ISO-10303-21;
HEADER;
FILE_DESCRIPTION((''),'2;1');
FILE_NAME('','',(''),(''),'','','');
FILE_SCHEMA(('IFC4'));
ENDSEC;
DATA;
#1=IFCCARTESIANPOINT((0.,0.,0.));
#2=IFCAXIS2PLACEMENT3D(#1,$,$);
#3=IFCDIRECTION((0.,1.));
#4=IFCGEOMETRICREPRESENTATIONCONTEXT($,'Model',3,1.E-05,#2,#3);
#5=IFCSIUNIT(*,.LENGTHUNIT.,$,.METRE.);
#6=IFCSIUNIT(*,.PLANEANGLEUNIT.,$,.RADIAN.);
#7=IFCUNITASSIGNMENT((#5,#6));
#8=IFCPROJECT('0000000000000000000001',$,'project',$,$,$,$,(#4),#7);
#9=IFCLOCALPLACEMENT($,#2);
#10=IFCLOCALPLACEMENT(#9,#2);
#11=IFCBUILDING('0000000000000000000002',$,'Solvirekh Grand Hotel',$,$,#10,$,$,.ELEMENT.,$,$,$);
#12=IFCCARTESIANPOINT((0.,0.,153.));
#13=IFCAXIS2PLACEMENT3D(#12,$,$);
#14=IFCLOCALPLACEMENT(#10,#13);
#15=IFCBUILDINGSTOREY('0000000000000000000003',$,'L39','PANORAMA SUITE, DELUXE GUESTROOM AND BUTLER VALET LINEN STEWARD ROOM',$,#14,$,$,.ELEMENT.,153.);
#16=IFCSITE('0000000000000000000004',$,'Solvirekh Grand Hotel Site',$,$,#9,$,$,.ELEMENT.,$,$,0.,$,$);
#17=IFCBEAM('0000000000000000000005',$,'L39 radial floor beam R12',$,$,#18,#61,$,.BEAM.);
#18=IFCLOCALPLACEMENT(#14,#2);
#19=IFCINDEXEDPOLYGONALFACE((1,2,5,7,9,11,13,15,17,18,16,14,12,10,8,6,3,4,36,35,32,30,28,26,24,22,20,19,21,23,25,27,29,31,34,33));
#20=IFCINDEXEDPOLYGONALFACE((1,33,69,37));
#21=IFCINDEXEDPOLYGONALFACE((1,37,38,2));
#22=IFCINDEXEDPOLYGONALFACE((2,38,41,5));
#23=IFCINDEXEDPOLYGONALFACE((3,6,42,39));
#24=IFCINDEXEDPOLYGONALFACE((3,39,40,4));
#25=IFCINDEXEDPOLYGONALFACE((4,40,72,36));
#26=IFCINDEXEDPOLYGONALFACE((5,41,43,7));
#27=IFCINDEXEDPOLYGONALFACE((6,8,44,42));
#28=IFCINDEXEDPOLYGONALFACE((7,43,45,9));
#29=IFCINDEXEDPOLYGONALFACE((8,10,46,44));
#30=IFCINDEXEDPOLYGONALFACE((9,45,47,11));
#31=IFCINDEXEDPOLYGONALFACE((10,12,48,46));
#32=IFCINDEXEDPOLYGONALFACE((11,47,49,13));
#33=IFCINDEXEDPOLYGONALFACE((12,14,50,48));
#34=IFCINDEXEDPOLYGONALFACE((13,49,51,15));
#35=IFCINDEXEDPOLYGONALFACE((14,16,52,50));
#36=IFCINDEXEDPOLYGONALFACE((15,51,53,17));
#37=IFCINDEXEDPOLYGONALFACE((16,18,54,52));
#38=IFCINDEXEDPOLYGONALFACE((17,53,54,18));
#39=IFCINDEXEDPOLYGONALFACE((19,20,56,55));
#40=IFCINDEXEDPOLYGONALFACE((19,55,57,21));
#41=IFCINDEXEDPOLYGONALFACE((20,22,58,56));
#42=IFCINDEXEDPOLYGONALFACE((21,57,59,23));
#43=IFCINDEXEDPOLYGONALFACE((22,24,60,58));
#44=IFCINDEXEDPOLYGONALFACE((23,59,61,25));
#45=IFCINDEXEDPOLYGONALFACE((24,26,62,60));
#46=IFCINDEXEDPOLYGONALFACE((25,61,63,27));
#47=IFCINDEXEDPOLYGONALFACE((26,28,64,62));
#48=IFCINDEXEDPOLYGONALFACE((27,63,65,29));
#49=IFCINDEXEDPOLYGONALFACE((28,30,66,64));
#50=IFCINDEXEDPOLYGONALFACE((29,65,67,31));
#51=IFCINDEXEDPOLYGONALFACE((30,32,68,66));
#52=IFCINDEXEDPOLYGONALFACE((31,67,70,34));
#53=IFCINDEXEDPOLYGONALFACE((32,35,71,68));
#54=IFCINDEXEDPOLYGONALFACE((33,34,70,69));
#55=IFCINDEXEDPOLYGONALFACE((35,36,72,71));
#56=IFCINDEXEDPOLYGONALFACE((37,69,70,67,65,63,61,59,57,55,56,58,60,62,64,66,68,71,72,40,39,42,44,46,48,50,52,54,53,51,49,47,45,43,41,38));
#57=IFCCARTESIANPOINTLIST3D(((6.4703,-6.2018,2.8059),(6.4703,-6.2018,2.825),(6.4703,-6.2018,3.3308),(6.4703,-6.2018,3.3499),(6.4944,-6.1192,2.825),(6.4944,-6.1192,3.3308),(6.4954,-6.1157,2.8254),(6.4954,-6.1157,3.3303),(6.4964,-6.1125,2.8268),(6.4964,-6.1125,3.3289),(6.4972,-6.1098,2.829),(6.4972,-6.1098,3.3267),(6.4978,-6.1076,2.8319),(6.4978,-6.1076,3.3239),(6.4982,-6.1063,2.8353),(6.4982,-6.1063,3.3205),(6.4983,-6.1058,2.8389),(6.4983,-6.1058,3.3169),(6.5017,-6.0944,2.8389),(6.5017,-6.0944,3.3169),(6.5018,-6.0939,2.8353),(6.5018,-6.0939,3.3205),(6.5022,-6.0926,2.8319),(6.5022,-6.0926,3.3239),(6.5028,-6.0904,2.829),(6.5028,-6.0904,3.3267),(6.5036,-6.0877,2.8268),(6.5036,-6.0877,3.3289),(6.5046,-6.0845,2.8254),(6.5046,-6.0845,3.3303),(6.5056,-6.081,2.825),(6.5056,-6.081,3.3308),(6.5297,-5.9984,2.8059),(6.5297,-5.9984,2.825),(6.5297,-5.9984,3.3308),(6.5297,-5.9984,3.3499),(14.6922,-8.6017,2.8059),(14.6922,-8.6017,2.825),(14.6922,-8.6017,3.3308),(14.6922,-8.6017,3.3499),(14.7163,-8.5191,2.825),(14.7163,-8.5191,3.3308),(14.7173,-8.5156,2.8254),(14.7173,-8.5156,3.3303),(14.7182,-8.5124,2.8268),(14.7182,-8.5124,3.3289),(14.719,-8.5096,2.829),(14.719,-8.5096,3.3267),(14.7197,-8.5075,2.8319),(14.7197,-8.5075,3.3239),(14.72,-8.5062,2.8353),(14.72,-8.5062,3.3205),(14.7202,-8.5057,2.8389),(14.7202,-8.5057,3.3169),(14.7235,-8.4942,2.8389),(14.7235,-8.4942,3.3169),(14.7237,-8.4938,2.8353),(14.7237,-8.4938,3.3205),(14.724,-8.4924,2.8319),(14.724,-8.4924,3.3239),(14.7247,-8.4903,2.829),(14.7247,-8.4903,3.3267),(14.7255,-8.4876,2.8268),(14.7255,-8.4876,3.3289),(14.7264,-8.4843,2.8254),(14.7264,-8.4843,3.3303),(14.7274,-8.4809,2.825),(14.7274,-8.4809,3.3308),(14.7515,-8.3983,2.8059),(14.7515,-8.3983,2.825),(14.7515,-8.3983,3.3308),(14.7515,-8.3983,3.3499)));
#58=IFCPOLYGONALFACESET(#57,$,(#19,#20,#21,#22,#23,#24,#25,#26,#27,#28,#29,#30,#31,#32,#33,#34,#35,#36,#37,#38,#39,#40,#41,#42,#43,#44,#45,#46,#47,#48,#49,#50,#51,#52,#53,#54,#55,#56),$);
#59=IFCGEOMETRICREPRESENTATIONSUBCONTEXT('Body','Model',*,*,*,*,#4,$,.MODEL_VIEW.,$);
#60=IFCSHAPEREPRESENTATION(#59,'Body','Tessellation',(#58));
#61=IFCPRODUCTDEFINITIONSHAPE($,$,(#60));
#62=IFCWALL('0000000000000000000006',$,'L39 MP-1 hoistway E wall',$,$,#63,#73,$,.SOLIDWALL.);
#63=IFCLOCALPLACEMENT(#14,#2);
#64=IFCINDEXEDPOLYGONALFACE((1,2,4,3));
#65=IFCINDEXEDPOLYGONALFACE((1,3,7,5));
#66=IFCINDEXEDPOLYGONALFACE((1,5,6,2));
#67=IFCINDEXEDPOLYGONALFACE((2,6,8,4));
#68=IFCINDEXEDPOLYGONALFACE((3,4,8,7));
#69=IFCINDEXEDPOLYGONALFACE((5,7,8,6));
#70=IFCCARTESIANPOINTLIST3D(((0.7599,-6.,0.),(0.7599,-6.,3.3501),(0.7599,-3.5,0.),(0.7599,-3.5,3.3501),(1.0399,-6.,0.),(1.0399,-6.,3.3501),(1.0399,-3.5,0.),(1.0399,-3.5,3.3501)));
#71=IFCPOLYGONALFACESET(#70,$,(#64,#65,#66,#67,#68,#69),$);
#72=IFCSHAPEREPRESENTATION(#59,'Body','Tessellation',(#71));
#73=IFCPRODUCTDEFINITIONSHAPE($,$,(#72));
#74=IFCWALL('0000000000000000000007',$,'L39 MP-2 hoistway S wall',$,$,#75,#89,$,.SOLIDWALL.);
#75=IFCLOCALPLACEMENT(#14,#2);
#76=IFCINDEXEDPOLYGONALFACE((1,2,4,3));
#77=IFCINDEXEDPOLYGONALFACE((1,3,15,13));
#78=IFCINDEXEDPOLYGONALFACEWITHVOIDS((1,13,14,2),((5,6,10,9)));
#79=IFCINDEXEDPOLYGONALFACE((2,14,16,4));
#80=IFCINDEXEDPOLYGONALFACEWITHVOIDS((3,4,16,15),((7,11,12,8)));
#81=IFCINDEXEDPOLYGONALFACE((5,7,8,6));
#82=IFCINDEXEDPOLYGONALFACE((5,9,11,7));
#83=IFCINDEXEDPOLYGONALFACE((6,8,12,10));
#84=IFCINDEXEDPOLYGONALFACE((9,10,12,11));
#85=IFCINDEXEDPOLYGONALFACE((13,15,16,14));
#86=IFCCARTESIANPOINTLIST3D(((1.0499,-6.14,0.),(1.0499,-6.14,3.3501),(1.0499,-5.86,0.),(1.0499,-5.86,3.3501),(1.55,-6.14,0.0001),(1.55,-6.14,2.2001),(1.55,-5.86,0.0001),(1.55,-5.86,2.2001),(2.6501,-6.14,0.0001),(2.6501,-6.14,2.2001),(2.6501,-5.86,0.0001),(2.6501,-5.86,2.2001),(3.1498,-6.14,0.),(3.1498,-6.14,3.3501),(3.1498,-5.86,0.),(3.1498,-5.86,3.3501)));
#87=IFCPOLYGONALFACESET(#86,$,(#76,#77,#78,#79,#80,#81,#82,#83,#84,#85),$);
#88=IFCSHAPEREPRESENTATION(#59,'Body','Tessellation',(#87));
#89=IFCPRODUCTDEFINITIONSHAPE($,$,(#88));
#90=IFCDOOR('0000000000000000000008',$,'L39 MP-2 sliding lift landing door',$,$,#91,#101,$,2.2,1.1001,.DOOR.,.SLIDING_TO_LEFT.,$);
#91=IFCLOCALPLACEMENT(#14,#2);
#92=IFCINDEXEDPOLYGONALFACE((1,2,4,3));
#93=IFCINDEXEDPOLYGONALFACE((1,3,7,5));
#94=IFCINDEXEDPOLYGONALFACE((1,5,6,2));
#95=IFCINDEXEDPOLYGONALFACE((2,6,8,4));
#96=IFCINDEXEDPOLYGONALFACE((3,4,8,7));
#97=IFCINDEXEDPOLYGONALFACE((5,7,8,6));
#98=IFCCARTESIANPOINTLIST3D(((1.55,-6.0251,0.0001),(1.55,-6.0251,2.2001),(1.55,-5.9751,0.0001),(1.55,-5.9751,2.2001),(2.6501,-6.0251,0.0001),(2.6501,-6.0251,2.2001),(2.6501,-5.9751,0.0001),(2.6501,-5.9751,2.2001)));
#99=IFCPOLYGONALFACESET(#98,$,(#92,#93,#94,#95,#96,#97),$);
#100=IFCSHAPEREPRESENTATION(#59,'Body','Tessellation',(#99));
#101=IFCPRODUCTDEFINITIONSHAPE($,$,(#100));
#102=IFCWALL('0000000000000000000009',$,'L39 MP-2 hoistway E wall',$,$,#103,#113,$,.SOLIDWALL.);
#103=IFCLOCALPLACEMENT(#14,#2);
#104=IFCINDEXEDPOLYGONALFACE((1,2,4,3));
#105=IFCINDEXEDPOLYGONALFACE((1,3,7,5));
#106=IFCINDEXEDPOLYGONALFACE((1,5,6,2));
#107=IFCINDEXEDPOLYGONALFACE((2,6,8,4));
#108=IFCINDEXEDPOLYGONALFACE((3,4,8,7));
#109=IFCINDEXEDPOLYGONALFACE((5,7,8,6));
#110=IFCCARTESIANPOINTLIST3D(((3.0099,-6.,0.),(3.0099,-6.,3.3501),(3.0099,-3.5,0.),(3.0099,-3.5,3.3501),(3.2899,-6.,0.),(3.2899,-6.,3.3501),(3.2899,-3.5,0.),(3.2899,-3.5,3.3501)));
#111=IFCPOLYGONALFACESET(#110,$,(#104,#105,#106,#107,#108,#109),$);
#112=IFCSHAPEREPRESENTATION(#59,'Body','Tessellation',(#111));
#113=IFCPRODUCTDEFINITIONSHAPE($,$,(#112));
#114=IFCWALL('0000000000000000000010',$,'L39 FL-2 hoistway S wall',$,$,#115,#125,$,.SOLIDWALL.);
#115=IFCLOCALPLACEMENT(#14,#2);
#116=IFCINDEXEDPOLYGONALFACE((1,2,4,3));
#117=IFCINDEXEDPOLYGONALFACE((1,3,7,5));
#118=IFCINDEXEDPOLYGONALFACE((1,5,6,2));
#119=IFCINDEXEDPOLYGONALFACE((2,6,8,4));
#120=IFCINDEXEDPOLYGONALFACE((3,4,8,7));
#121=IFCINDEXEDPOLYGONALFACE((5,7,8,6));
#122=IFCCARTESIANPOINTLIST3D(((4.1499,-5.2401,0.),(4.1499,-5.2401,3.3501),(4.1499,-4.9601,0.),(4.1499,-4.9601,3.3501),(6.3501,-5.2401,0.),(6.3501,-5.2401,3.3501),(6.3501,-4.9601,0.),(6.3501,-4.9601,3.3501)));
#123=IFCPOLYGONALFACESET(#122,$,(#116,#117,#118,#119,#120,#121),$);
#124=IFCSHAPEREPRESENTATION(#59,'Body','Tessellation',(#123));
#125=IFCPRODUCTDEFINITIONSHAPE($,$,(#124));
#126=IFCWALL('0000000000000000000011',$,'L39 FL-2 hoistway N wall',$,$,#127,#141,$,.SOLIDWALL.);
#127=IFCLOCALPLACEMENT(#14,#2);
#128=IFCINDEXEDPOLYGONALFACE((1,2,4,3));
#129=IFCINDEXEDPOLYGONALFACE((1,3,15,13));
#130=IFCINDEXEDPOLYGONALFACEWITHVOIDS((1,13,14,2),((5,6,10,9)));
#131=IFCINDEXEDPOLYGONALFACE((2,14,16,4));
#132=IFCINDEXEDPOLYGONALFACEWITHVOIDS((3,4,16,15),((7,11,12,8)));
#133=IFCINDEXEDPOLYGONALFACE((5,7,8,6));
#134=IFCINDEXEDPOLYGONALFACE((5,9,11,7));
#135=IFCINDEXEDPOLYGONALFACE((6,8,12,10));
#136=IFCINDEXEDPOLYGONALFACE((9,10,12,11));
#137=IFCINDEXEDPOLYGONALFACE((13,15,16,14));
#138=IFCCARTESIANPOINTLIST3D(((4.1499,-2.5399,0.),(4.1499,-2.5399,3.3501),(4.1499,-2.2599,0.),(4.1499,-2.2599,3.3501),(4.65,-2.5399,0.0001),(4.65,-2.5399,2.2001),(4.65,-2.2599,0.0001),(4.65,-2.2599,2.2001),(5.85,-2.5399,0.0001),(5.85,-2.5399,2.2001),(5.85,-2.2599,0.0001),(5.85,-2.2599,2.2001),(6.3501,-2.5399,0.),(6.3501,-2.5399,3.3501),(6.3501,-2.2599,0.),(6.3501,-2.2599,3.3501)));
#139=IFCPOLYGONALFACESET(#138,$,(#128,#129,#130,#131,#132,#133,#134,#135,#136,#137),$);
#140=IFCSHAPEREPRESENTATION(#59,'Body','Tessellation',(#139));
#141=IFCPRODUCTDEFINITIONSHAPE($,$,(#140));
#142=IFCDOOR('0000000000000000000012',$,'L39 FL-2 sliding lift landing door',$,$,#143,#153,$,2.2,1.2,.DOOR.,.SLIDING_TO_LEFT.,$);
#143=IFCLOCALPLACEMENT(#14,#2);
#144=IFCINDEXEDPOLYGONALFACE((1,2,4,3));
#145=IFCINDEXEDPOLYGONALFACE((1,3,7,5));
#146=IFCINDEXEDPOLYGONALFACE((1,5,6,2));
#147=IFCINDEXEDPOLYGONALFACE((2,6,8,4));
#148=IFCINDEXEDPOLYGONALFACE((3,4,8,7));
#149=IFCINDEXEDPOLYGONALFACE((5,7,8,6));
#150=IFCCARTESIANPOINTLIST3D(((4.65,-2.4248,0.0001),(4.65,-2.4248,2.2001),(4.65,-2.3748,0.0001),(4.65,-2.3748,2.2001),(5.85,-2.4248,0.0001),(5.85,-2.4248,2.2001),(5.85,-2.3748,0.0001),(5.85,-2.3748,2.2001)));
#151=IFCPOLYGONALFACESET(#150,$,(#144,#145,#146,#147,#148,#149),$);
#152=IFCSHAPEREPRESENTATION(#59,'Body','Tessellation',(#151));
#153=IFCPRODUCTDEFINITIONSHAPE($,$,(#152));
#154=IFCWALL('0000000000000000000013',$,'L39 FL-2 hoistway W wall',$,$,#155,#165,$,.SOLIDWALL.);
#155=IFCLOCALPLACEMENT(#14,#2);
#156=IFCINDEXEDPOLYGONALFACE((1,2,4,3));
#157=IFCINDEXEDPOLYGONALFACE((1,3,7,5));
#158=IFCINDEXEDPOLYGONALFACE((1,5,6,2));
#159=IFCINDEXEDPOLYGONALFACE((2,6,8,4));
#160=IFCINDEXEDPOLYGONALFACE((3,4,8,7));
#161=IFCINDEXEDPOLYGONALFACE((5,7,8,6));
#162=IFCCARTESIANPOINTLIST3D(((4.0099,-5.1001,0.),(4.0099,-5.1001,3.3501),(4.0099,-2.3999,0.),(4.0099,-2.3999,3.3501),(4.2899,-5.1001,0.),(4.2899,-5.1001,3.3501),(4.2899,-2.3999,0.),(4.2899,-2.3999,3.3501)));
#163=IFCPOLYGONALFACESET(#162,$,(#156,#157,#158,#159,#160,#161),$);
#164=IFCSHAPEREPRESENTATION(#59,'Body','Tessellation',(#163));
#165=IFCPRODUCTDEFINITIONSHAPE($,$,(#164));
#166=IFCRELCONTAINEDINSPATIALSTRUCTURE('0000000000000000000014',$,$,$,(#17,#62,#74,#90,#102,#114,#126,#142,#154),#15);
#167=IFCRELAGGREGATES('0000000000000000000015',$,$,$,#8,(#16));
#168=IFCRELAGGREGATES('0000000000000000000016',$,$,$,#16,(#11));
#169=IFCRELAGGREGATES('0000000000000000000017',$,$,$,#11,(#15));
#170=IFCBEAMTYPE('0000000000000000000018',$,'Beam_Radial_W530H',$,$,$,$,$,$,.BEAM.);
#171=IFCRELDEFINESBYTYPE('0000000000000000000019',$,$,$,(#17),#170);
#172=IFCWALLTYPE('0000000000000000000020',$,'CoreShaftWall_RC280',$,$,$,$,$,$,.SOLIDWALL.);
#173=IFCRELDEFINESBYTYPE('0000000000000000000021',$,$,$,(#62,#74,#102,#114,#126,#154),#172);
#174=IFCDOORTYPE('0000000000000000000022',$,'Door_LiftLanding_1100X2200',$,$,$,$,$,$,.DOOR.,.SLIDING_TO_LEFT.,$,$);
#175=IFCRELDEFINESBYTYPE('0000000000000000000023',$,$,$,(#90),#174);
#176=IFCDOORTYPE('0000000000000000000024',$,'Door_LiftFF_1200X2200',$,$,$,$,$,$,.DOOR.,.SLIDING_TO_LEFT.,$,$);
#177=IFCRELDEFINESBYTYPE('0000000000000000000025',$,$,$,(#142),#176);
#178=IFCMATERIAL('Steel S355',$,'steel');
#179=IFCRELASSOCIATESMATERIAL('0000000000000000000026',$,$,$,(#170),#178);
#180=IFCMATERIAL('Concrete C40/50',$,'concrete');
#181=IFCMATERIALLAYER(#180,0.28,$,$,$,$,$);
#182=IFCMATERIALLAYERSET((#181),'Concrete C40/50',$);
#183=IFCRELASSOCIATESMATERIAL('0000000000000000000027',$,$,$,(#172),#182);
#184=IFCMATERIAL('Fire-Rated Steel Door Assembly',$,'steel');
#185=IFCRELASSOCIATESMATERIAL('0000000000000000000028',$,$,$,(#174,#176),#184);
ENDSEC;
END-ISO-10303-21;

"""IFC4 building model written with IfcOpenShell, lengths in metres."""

from ifc_helpers import new_model, si_unit, direction, frame, frame_2d, origin, origin_2d, place, context, subcontext, project, spatial, rectangle, i_section, extrude, material, layer, layer_set, material_profile, profile_set, type_object, element, fill, save


model = new_model("IFC4")

# Units and contexts
model_context = context("Model", 3, precision=1e-05, world=origin(), true_north=direction((0.0, 1.0)))
body_context = subcontext(model_context, "Body", "Model", "MODEL_VIEW")
ifc_project = project(units=[si_unit("LENGTHUNIT", "METRE"), si_unit("PLANEANGLEUNIT", "RADIAN")], contexts=[model_context])

# Site, building, storey
site_placement = place(None, origin())
site = spatial("IfcSite", under=ifc_project, at=site_placement, Name="Solvirekh Grand Hotel Site", CompositionType="ELEMENT", RefElevation=0.0)
building_placement = place(site_placement, origin())
building = spatial("IfcBuilding", under=site, at=building_placement, Name="Solvirekh Grand Hotel", CompositionType="ELEMENT")
storey_placement = place(building_placement, frame((0.0, 0.0, 153.0)))
storey = spatial("IfcBuildingStorey", under=building, at=storey_placement, Name="L39", Description="PANORAMA SUITE, DELUXE GUESTROOM AND BUTLER VALET LINEN STEWARD ROOM", CompositionType="ELEMENT", Elevation=153.0)

# Beam
ifc_material_1 = material(Name="Steel S355", Category="steel")
ifc_material_profile = material_profile(ifc_material_1, i_section(OverallWidth=0.2119, OverallDepth=0.5439, WebThickness=0.012, FlangeThickness=0.019, FilletRadius=0.0139, at=origin_2d()), Name="W530X123")
ifc_profile_set = profile_set([ifc_material_profile], Name="Steel S355")
beam_type = type_object("IfcBeamType", Name="Beam_Radial_W530H", PredefinedType="BEAM", material=ifc_profile_set)
beam_placement = place(storey_placement, frame((6.5, -6.1001, 3.0779), z_axis=(0.959942, -0.280198, 0.0), x_axis=(0.280198, 0.959942, 0.0)))
element("IfcBeam", 1, at=beam_placement, inside=storey, type_object=beam_type, Name="L39 radial floor beam R12", PredefinedType="BEAM", context=body_context, shape_type="SweptSolid", body=[
    extrude(i_section(OverallWidth=0.2119, OverallDepth=0.5439, WebThickness=0.012, FlangeThickness=0.019, FilletRadius=0.0139, at=origin_2d()), origin(), (0.0, 0.0, 1.0), 8.5649),
])

# Wall
ifc_material_2 = material(Name="Concrete C40/50", Category="concrete")
ifc_layer_1 = layer(ifc_material_2, 0.28)
ifc_layer_set_1 = layer_set([ifc_layer_1], Name="Concrete C40/50")
wall_type_1 = type_object("IfcWallType", Name="CoreShaftWall_RC280", PredefinedType="SOLIDWALL", material=ifc_layer_set_1)
wall_1_placement = place(storey_placement, frame((0.8999, -6.0, 0.0), z_axis=(0.0, 0.0, 1.0), x_axis=(0.0, 1.0, 0.0)))
element("IfcWall", 2, at=wall_1_placement, inside=storey, type_object=wall_type_1, Name="L39 MP-1 hoistway E wall", PredefinedType="SOLIDWALL", context=body_context, shape_type="SweptSolid", body=[
    extrude(rectangle(XDim=2.5, YDim=0.28, at=frame_2d((1.25, 0.0))), origin(), (0.0, 0.0, 1.0), 3.3501),
])

# Wall, opening, door
wall_2_placement = place(storey_placement, frame((1.05, -6.0, 0.0), z_axis=(0.0, 0.0, 1.0), x_axis=(1.0, 0.0, 0.0)))
wall_2 = element("IfcWall", 3, at=wall_2_placement, inside=storey, type_object=wall_type_1, Name="L39 MP-2 hoistway S wall", PredefinedType="SOLIDWALL", context=body_context, shape_type="SweptSolid", body=[
    extrude(rectangle(XDim=2.0999, YDim=0.28, at=frame_2d((1.0498, 0.0))), origin(), (0.0, 0.0, 1.0), 3.3501),
])
opening_1_placement = place(wall_2_placement, frame((0.5, 0.0, 0.0)))
opening_1 = element("IfcOpeningElement", 4, at=opening_1_placement, cuts=wall_2, PredefinedType="OPENING", context=body_context, shape_type="SweptSolid", body=[
    extrude(rectangle(XDim=1.1001, YDim=2.2, at=frame_2d((0.55, 1.1001))), frame((0.0, 0.1499, 0.0), z_axis=(0.0, -1.0, 0.0), x_axis=(1.0, 0.0, 0.0)), (0.0, 0.0, 1.0), 0.3),
])
ifc_material_3 = material(Name="Fire-Rated Steel Door Assembly", Category="steel")
door_type_1 = type_object("IfcDoorType", Name="Door_LiftLanding_1100X2200", OperationType="SLIDING_TO_LEFT", PredefinedType="DOOR", material=ifc_material_3)
door_1_placement = place(opening_1_placement, origin())
door_1 = element("IfcDoor", 5, at=door_1_placement, inside=storey, type_object=door_type_1, Name="L39 MP-2 sliding lift landing door", OperationType="SLIDING_TO_LEFT", OverallHeight=2.2, OverallWidth=1.1001, PredefinedType="DOOR", context=body_context, shape_type="SweptSolid", body=[
    extrude(rectangle(XDim=1.1001, YDim=2.2, at=frame_2d((0.55, 1.1001))), frame((0.0, 0.0249, 0.0), z_axis=(0.0, -1.0, 0.0), x_axis=(1.0, 0.0, 0.0)), (0.0, 0.0, 1.0), 0.05),
])
fill(opening_1, door_1)

# Walls
wall_3_placement = place(storey_placement, frame((3.1499, -6.0, 0.0), z_axis=(0.0, 0.0, 1.0), x_axis=(0.0, 1.0, 0.0)))
element("IfcWall", 6, at=wall_3_placement, inside=storey, type_object=wall_type_1, Name="L39 MP-2 hoistway E wall", PredefinedType="SOLIDWALL", context=body_context, shape_type="SweptSolid", body=[
    extrude(rectangle(XDim=2.5, YDim=0.28, at=frame_2d((1.25, 0.0))), origin(), (0.0, 0.0, 1.0), 3.3501),
])
wall_4_placement = place(storey_placement, frame((4.1499, -5.1001, 0.0), z_axis=(0.0, 0.0, 1.0), x_axis=(1.0, 0.0, 0.0)))
element("IfcWall", 7, at=wall_4_placement, inside=storey, type_object=wall_type_1, Name="L39 FL-2 hoistway S wall", PredefinedType="SOLIDWALL", context=body_context, shape_type="SweptSolid", body=[
    extrude(rectangle(XDim=2.2002, YDim=0.28, at=frame_2d((1.1001, 0.0))), origin(), (0.0, 0.0, 1.0), 3.3501),
])

# Wall, opening, door
wall_5_placement = place(storey_placement, frame((6.3501, -2.3999, 0.0), z_axis=(0.0, 0.0, 1.0), x_axis=(-1.0, 0.0, 0.0)))
wall_5 = element("IfcWall", 8, at=wall_5_placement, inside=storey, type_object=wall_type_1, Name="L39 FL-2 hoistway N wall", PredefinedType="SOLIDWALL", context=body_context, shape_type="SweptSolid", body=[
    extrude(rectangle(XDim=2.2002, YDim=0.28, at=frame_2d((1.1001, 0.0))), origin(), (0.0, 0.0, 1.0), 3.3501),
])
opening_2_placement = place(wall_5_placement, frame((0.5, 0.0, 0.0)))
opening_2 = element("IfcOpeningElement", 9, at=opening_2_placement, cuts=wall_5, PredefinedType="OPENING", context=body_context, shape_type="SweptSolid", body=[
    extrude(rectangle(XDim=1.2, YDim=2.2, at=frame_2d((0.6001, 1.1001))), frame((0.0, 0.1499, 0.0), z_axis=(0.0, -1.0, 0.0), x_axis=(1.0, 0.0, 0.0)), (0.0, 0.0, 1.0), 0.3),
])
door_type_2 = type_object("IfcDoorType", Name="Door_LiftFF_1200X2200", OperationType="SLIDING_TO_LEFT", PredefinedType="DOOR", material=ifc_material_3)
door_2_placement = place(opening_2_placement, origin())
door_2 = element("IfcDoor", 10, at=door_2_placement, inside=storey, type_object=door_type_2, Name="L39 FL-2 sliding lift landing door", OperationType="SLIDING_TO_LEFT", OverallHeight=2.2, OverallWidth=1.2, PredefinedType="DOOR", context=body_context, shape_type="SweptSolid", body=[
    extrude(rectangle(XDim=1.2, YDim=2.2, at=frame_2d((0.6001, 1.1001))), frame((0.0, 0.0249, 0.0), z_axis=(0.0, -1.0, 0.0), x_axis=(1.0, 0.0, 0.0)), (0.0, 0.0, 1.0), 0.05),
])
fill(opening_2, door_2)

# Wall
wall_6_placement = place(storey_placement, frame((4.1499, -2.3999, 0.0), z_axis=(0.0, 0.0, 1.0), x_axis=(0.0, -1.0, 0.0)))
element("IfcWall", 11, at=wall_6_placement, inside=storey, type_object=wall_type_1, Name="L39 FL-2 hoistway W wall", PredefinedType="SOLIDWALL", context=body_context, shape_type="SweptSolid", body=[
    extrude(rectangle(XDim=2.7002, YDim=0.28, at=frame_2d((1.3501, 0.0))), origin(), (0.0, 0.0, 1.0), 3.3501),
])

save(model, "model.ifc")
